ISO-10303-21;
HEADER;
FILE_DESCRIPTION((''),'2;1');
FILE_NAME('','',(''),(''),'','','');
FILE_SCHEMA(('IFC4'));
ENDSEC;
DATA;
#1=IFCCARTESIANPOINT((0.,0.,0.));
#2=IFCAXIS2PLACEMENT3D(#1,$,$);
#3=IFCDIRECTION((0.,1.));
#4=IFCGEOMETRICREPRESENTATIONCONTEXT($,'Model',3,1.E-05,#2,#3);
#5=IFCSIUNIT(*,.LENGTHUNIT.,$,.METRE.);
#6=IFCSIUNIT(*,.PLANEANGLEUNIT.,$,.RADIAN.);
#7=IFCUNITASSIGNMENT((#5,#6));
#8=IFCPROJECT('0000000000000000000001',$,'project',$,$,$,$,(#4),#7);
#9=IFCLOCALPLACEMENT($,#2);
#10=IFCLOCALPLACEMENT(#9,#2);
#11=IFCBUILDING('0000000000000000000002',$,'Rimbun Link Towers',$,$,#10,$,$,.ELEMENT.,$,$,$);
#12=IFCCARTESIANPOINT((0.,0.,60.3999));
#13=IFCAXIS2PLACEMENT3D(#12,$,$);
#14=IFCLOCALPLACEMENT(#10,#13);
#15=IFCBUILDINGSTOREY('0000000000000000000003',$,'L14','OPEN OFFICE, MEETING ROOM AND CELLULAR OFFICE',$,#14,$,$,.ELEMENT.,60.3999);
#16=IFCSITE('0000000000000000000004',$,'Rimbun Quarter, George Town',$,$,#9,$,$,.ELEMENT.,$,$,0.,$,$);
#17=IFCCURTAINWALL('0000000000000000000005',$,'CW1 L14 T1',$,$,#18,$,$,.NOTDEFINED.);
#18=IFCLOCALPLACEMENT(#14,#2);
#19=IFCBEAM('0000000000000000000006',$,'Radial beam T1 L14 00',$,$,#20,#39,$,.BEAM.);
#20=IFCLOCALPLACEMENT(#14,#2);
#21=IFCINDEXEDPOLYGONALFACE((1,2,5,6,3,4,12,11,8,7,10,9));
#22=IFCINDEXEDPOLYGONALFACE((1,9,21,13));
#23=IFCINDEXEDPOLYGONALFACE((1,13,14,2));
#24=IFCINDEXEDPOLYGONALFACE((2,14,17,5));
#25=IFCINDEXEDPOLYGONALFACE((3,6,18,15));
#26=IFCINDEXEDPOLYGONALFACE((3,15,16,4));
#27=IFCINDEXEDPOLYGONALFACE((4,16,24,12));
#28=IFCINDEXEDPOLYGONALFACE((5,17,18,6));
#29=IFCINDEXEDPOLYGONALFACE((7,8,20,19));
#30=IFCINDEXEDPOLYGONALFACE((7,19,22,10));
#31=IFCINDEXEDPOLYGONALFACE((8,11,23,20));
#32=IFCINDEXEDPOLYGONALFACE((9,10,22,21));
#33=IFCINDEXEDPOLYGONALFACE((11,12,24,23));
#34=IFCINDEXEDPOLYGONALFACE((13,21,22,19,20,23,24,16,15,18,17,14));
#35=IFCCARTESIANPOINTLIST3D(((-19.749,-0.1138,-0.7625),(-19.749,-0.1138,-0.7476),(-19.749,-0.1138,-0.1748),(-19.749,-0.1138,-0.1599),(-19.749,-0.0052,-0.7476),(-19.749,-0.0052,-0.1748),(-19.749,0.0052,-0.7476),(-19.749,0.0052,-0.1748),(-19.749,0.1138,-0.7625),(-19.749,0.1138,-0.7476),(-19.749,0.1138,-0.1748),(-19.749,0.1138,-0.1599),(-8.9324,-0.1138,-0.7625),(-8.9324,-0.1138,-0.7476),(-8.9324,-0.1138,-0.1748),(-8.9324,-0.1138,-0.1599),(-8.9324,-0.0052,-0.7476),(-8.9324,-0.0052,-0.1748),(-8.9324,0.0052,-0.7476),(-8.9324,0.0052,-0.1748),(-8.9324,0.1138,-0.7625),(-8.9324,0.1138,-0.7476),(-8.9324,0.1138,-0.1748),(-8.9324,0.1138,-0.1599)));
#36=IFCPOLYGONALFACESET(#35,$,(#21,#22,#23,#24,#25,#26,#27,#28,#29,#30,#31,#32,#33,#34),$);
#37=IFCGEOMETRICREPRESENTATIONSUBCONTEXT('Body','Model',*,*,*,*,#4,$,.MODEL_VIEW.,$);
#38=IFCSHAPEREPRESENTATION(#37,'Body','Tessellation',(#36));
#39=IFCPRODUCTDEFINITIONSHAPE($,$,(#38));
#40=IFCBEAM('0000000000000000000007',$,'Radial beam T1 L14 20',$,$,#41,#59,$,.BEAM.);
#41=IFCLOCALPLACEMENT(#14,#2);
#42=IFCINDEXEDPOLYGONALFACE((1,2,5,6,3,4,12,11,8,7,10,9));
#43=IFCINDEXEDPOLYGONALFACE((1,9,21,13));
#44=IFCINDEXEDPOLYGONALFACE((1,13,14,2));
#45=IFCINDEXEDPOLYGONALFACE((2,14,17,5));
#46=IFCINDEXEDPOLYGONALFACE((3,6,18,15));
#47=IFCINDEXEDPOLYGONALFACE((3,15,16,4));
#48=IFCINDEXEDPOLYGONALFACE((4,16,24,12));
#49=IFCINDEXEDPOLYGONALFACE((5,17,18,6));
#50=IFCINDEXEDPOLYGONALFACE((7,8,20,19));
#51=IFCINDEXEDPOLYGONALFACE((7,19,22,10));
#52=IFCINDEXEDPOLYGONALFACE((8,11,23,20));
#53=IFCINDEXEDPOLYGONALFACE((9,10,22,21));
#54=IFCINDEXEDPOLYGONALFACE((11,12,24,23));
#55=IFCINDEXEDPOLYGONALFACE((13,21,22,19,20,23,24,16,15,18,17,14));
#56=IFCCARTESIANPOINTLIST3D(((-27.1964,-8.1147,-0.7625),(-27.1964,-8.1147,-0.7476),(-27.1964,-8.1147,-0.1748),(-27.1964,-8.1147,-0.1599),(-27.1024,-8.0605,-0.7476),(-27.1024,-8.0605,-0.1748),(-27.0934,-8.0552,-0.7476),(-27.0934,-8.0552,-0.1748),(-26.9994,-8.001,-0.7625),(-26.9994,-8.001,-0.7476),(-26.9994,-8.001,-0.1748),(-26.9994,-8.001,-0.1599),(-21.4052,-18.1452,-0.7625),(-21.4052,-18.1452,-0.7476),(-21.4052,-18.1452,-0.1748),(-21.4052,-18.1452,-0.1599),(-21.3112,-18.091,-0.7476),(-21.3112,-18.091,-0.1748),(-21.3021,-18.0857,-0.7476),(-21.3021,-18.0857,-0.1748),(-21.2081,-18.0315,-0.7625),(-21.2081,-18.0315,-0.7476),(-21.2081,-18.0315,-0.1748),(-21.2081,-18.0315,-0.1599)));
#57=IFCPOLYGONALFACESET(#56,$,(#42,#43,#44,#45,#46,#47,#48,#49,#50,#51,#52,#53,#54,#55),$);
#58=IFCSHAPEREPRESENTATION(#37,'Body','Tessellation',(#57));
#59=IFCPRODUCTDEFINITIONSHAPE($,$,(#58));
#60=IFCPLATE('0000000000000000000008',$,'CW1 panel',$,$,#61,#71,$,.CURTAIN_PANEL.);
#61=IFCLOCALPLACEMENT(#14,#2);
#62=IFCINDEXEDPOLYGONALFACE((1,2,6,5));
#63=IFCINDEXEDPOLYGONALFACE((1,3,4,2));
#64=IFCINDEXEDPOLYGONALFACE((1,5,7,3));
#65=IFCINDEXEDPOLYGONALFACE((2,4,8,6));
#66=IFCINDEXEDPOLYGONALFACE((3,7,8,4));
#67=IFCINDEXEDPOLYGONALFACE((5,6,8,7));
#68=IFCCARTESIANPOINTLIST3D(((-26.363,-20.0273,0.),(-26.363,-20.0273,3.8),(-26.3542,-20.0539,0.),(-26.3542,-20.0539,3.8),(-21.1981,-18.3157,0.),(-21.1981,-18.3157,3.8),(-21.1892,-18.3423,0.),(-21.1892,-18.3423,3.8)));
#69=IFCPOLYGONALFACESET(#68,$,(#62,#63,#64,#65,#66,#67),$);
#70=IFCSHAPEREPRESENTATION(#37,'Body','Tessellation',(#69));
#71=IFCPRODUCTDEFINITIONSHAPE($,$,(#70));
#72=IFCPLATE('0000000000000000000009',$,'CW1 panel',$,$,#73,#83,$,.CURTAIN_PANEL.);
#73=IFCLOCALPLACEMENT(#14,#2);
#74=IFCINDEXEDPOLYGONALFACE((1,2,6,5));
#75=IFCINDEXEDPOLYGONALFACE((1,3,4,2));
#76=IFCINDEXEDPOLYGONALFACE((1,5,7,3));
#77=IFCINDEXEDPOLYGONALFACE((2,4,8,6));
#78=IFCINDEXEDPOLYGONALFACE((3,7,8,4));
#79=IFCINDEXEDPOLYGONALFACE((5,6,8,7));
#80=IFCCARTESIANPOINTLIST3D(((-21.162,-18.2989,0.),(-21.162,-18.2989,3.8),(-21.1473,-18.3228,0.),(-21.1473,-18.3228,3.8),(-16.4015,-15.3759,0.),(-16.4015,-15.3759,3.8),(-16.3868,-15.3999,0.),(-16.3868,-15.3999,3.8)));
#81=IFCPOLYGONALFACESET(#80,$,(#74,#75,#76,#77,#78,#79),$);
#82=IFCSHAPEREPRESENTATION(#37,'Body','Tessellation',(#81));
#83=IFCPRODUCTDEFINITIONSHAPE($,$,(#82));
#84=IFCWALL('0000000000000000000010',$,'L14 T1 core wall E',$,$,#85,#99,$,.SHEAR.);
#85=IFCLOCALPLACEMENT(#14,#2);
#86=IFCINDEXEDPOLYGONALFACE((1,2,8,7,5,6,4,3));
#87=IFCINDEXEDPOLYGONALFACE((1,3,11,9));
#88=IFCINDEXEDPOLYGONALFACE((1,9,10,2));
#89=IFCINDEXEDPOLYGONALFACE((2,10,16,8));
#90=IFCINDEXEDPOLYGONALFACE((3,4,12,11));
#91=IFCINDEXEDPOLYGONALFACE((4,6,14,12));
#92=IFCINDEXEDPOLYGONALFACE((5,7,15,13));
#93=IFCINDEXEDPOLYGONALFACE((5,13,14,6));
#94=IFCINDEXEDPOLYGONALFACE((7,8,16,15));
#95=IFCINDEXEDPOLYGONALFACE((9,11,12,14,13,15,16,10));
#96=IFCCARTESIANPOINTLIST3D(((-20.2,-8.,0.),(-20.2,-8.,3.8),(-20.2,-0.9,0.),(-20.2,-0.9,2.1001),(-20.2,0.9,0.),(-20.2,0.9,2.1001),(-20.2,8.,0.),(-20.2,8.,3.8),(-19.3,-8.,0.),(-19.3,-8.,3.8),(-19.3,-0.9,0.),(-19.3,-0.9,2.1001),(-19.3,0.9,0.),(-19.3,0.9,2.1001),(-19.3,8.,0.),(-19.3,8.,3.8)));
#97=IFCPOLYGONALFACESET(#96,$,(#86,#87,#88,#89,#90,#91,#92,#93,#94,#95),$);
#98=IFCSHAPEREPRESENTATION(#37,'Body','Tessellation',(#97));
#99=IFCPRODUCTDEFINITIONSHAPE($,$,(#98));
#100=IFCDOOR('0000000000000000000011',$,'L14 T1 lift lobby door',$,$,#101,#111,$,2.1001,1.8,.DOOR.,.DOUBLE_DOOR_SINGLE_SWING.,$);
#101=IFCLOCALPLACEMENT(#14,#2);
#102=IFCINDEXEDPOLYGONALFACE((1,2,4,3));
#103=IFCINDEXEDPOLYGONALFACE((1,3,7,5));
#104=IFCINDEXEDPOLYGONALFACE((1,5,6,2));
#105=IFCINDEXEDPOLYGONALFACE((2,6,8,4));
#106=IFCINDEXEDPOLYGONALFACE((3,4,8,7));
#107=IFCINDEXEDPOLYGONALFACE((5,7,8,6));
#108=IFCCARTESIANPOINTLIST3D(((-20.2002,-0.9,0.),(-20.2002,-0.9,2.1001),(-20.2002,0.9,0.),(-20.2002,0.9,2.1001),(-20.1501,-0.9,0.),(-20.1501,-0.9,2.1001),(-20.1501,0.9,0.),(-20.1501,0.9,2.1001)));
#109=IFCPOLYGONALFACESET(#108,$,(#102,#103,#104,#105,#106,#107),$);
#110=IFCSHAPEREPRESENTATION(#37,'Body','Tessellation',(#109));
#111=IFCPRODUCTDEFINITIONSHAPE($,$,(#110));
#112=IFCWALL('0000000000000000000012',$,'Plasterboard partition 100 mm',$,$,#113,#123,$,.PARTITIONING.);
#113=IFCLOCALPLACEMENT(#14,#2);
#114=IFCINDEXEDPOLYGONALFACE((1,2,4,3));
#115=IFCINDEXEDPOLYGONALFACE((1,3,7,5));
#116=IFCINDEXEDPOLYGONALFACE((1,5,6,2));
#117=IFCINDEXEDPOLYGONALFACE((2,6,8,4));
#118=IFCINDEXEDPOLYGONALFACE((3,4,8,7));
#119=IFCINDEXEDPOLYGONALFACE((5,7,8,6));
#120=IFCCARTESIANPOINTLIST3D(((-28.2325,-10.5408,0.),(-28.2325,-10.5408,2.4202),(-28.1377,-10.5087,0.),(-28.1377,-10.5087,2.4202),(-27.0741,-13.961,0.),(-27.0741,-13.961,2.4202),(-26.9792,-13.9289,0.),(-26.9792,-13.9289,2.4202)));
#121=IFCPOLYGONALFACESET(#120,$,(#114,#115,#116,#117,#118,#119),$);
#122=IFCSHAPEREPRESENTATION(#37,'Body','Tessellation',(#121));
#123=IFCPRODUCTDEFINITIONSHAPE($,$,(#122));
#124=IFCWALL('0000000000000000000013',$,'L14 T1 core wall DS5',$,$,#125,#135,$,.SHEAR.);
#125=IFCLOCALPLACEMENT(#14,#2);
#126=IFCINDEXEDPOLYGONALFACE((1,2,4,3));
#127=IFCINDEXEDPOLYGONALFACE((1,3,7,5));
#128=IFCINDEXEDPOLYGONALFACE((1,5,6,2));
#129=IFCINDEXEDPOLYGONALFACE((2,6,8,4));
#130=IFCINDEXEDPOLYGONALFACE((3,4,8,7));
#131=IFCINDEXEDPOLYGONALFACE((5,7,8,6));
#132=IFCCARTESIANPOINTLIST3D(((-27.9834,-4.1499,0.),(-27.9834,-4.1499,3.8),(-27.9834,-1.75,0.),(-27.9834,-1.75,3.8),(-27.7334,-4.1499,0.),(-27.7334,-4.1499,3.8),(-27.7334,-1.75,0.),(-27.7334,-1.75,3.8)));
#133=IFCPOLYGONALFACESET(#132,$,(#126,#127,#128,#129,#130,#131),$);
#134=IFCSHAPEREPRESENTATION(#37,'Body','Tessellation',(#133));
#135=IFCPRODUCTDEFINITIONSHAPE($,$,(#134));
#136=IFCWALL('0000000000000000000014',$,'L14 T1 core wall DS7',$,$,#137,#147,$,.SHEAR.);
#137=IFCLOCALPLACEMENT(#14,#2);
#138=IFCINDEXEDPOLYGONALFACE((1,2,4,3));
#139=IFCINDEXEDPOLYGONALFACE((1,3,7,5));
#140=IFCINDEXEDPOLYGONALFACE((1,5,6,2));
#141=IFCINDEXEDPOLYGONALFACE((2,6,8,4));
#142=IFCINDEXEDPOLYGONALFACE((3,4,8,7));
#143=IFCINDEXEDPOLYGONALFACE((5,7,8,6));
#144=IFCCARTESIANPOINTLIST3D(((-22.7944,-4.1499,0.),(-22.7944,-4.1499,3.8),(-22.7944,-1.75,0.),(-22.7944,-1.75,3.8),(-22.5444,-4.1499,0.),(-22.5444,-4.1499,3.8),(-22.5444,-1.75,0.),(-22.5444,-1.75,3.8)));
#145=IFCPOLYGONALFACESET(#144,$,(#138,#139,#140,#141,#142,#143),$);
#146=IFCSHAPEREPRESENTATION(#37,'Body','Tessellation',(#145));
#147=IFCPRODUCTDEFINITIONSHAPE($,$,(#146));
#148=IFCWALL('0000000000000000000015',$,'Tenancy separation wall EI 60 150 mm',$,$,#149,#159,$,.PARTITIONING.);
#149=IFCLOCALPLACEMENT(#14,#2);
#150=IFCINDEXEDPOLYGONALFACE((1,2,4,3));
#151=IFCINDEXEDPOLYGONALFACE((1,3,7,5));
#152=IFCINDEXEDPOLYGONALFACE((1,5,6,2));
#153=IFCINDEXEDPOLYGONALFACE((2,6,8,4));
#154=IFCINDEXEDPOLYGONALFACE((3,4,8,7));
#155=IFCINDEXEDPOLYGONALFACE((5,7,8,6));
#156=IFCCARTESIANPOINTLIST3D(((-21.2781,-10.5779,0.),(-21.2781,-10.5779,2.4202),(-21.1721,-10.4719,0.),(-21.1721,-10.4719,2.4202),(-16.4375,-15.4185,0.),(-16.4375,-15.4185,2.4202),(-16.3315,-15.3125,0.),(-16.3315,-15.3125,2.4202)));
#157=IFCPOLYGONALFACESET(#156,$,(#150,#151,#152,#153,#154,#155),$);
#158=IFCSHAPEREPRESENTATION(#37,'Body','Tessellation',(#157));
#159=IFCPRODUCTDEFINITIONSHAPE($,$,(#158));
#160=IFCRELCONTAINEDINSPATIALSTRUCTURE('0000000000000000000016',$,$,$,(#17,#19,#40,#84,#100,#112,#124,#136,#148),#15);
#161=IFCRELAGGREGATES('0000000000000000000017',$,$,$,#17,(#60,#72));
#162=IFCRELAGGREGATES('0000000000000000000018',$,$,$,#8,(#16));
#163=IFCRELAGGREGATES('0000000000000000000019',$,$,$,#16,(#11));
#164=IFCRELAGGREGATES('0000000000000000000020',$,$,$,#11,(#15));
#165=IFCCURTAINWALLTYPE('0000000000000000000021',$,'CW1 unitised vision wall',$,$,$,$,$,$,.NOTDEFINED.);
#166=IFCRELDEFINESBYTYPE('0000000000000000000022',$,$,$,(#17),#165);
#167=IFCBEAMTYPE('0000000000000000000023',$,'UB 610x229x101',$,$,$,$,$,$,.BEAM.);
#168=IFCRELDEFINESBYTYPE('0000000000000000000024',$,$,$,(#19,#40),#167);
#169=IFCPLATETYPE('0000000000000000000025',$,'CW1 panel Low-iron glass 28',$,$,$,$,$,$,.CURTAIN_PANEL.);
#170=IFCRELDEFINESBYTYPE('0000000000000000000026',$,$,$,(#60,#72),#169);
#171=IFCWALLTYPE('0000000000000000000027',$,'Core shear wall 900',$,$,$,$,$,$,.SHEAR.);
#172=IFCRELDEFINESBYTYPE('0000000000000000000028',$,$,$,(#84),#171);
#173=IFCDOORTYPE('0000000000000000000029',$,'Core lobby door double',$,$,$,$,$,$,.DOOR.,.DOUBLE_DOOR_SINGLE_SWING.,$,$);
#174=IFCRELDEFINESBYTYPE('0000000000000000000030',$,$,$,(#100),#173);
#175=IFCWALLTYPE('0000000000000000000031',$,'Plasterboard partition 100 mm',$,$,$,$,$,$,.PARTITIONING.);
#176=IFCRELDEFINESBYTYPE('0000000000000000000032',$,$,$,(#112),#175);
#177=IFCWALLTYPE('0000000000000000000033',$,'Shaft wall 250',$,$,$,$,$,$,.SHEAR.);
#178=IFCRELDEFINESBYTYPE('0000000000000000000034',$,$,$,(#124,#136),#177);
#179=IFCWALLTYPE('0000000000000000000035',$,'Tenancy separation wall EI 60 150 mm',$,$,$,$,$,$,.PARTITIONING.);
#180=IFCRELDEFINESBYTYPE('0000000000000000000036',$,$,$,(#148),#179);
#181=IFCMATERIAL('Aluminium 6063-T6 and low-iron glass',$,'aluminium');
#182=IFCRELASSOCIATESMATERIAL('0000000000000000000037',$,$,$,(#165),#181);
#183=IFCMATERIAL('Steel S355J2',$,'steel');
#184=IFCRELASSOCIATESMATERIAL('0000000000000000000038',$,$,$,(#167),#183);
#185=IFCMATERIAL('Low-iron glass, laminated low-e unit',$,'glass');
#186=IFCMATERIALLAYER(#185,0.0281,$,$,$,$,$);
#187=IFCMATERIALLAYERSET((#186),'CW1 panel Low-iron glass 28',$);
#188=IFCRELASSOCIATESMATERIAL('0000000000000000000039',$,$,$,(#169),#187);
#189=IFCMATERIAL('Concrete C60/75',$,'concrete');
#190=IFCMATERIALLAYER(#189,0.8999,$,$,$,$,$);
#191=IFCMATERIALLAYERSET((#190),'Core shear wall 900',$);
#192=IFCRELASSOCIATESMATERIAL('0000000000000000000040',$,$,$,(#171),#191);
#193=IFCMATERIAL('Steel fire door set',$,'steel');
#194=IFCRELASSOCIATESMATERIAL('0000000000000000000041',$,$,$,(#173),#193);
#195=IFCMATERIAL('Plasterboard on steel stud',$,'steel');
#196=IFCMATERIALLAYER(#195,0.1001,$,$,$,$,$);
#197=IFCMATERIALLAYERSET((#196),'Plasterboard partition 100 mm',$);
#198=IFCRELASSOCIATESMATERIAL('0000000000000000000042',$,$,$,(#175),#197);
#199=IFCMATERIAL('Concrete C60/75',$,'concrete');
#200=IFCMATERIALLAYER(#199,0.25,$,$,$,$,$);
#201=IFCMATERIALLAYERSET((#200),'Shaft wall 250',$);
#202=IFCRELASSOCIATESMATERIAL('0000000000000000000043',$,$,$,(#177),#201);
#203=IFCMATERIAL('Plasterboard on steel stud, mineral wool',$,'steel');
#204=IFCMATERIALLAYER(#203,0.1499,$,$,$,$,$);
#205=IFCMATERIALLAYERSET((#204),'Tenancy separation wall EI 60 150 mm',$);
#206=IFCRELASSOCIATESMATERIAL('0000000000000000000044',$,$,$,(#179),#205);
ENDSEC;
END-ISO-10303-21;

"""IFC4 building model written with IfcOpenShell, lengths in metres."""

from ifc_helpers import new_model, si_unit, direction, frame, frame_2d, origin, origin_2d, place, context, subcontext, project, spatial, rectangle, i_section, extrude, material, layer, layer_set, material_profile, profile_set, type_object, element, fill, aggregate, save


model = new_model("IFC4")

# Units and contexts
model_context = context("Model", 3, precision=1e-05, world=origin(), true_north=direction((0.0, 1.0)))
body_context = subcontext(model_context, "Body", "Model", "MODEL_VIEW")
ifc_project = project(units=[si_unit("LENGTHUNIT", "METRE"), si_unit("PLANEANGLEUNIT", "RADIAN")], contexts=[model_context])

# Site, building, storey
site_placement = place(None, origin())
site = spatial("IfcSite", under=ifc_project, at=site_placement, Name="Rimbun Quarter, George Town", CompositionType="ELEMENT", RefElevation=0.0)
building_placement = place(site_placement, origin())
building = spatial("IfcBuilding", under=site, at=building_placement, Name="Rimbun Link Towers", CompositionType="ELEMENT")
storey_placement = place(building_placement, frame((0.0, 0.0, 60.3999)))
storey = spatial("IfcBuildingStorey", under=building, at=storey_placement, Name="L14", Description="OPEN OFFICE, MEETING ROOM AND CELLULAR OFFICE", CompositionType="ELEMENT", Elevation=60.3999)

# Curtain wall
ifc_material_1 = material(Name="Aluminium 6063-T6 and low-iron glass", Category="aluminium")
curtain_wall_type = type_object("IfcCurtainWallType", Name="CW1 unitised vision wall", PredefinedType="NOTDEFINED", material=ifc_material_1)
curtain_wall_placement = place(storey_placement, origin())
curtain_wall = element("IfcCurtainWall", 1, at=curtain_wall_placement, inside=storey, type_object=curtain_wall_type, Name="CW1 L14 T1", PredefinedType="NOTDEFINED")

# Beams
ifc_material_2 = material(Name="Steel S355J2", Category="steel")
ifc_material_profile_1 = material_profile(ifc_material_2, i_section(OverallWidth=0.2275, OverallDepth=0.6025, WebThickness=0.0105, FlangeThickness=0.0149, at=origin_2d()), Name="UB 610x229x101")
ifc_profile_set_1 = profile_set([ifc_material_profile_1], Name="Steel S355J2")
beam_type_1 = type_object("IfcBeamType", Name="UB 610x229x101", PredefinedType="BEAM", material=ifc_profile_set_1)
beam_1_placement = place(storey_placement, frame((-19.749, 0.0, -0.4612), z_axis=(1.0, 0.0, 0.0), x_axis=(0.0, 1.0, 0.0)))
element("IfcBeam", 2, at=beam_1_placement, inside=storey, type_object=beam_type_1, Name="Radial beam T1 L14 00", PredefinedType="BEAM", context=body_context, shape_type="SweptSolid", body=[
    extrude(i_section(OverallWidth=0.2275, OverallDepth=0.6025, WebThickness=0.0105, FlangeThickness=0.0149, at=origin_2d()), origin(), (0.0, 0.0, 1.0), 10.8167),
])
beam_2_placement = place(storey_placement, frame((-27.0979, -8.0579, -0.4612), z_axis=(0.500009, -0.86602, 0.0), x_axis=(0.86602, 0.500009, 0.0)))
element("IfcBeam", 3, at=beam_2_placement, inside=storey, type_object=beam_type_1, Name="Radial beam T1 L14 20", PredefinedType="BEAM", context=body_context, shape_type="SweptSolid", body=[
    extrude(i_section(OverallWidth=0.2275, OverallDepth=0.6025, WebThickness=0.0105, FlangeThickness=0.0149, at=origin_2d()), origin(), (0.0, 0.0, 1.0), 11.5823),
])

# Plates
ifc_material_3 = material(Name="Low-iron glass, laminated low-e unit", Category="glass")
ifc_layer_1 = layer(ifc_material_3, 0.0281)
ifc_layer_set_1 = layer_set([ifc_layer_1], Name="CW1 panel Low-iron glass 28")
plate_type = type_object("IfcPlateType", Name="CW1 panel Low-iron glass 28", PredefinedType="CURTAIN_PANEL", material=ifc_layer_set_1)
plate_1_placement = place(storey_placement, frame((-23.7761, -19.1848, 0.0), z_axis=(0.0, 0.0, 1.0), x_axis=(-0.949236, -0.314563, 0.0)))
plate_1 = element("IfcPlate", 4, at=plate_1_placement, type_object=plate_type, Name="CW1 panel", PredefinedType="CURTAIN_PANEL", context=body_context, shape_type="SweptSolid", body=[
    extrude(rectangle(XDim=5.4412, YDim=0.0281, at=origin_2d()), origin(), (0.0, 0.0, 1.0), 3.8),
])
plate_2_placement = place(storey_placement, frame((-18.7744, -16.8494, 0.0), z_axis=(0.0, 0.0, 1.0), x_axis=(-0.852183, -0.523243, 0.0)))
plate_2 = element("IfcPlate", 5, at=plate_2_placement, type_object=plate_type, Name="CW1 panel", PredefinedType="CURTAIN_PANEL", context=body_context, shape_type="SweptSolid", body=[
    extrude(rectangle(XDim=5.5862, YDim=0.0281, at=origin_2d()), origin(), (0.0, 0.0, 1.0), 3.8),
])
aggregate(curtain_wall, [plate_1, plate_2])

# Wall, opening, door
ifc_material_4 = material(Name="Concrete C60/75", Category="concrete")
ifc_layer_2 = layer(ifc_material_4, 0.8999)
ifc_layer_set_2 = layer_set([ifc_layer_2], Name="Core shear wall 900")
wall_type_1 = type_object("IfcWallType", Name="Core shear wall 900", PredefinedType="SHEAR", material=ifc_layer_set_2)
wall_1_placement = place(storey_placement, frame((-19.75, -8.0, 0.0), z_axis=(0.0, 0.0, 1.0), x_axis=(0.0, 1.0, 0.0)))
wall_1 = element("IfcWall", 6, at=wall_1_placement, inside=storey, type_object=wall_type_1, Name="L14 T1 core wall E", PredefinedType="SHEAR", context=body_context, shape_type="SweptSolid", body=[
    extrude(rectangle(XDim=16.0, YDim=0.8999, at=frame_2d((8.0, 0.0))), origin(), (0.0, 0.0, 1.0), 3.8),
])
opening_placement = place(wall_1_placement, frame((7.1001, 0.0, 0.0)))
opening = element("IfcOpeningElement", 7, at=opening_placement, cuts=wall_1, PredefinedType="OPENING", context=body_context, shape_type="SweptSolid", body=[
    extrude(rectangle(XDim=1.8, YDim=2.1001, at=frame_2d((0.8999, 1.05))), frame((0.0, 0.46, 0.0), z_axis=(0.0, -1.0, 0.0), x_axis=(1.0, 0.0, 0.0)), (0.0, 0.0, 1.0), 0.9199),
])
ifc_material_5 = material(Name="Steel fire door set", Category="steel")
door_type = type_object("IfcDoorType", Name="Core lobby door double", OperationType="DOUBLE_DOOR_SINGLE_SWING", PredefinedType="DOOR", material=ifc_material_5)
door_placement = place(opening_placement, origin())
door = element("IfcDoor", 8, at=door_placement, inside=storey, type_object=door_type, Name="L14 T1 lift lobby door", OperationType="DOUBLE_DOOR_SINGLE_SWING", OverallHeight=2.1001, OverallWidth=1.8, PredefinedType="DOOR", context=body_context, shape_type="SweptSolid", body=[
    extrude(rectangle(XDim=1.8, YDim=2.1001, at=frame_2d((0.8999, 1.05))), frame((0.0, 0.4502, 0.0), z_axis=(0.0, -1.0, 0.0), x_axis=(1.0, 0.0, 0.0)), (0.0, 0.0, 1.0), 0.05),
])
fill(opening, door)

# Walls
ifc_material_6 = material(Name="Plasterboard on steel stud", Category="steel")
ifc_layer_3 = layer(ifc_material_6, 0.1001)
ifc_layer_set_3 = layer_set([ifc_layer_3], Name="Plasterboard partition 100 mm")
wall_type_2 = type_object("IfcWallType", Name="Plasterboard partition 100 mm", PredefinedType="PARTITIONING", material=ifc_layer_set_3)
wall_2_placement = place(storey_placement, frame((-27.0266, -13.9451, 0.0), z_axis=(0.0, 0.0, 1.0), x_axis=(-0.320808, 0.947144, 0.0)))
element("IfcWall", 9, at=wall_2_placement, inside=storey, type_object=wall_type_2, Name="Plasterboard partition 100 mm", PredefinedType="PARTITIONING", context=body_context, shape_type="SweptSolid", body=[
    extrude(rectangle(XDim=3.6111, YDim=0.1001, at=frame_2d((1.8057, 0.0))), origin(), (0.0, 0.0, 1.0), 2.4202),
])
ifc_material_7 = material(Name="Concrete C60/75", Category="concrete")
ifc_layer_4 = layer(ifc_material_7, 0.25)
ifc_layer_set_4 = layer_set([ifc_layer_4], Name="Shaft wall 250")
wall_type_3 = type_object("IfcWallType", Name="Shaft wall 250", PredefinedType="SHEAR", material=ifc_layer_set_4)
for number, where, z_axis, x_axis, name in (
    (10, (-27.8584, -4.1499, 0.0), (0.0, 0.0, 1.0), (0.0, 1.0, 0.0), "L14 T1 core wall DS5"),
    (11, (-22.6694, -4.1499, 0.0), (0.0, 0.0, 1.0), (0.0, 1.0, 0.0), "L14 T1 core wall DS7"),
):
    element("IfcWall", number, at=place(storey_placement, frame(where, z_axis=z_axis, x_axis=x_axis)), inside=storey, type_object=wall_type_3, Name=name, PredefinedType="SHEAR", context=body_context, shape_type="SweptSolid", body=[
        extrude(rectangle(XDim=2.3999, YDim=0.25, at=frame_2d((1.2, 0.0))), origin(), (0.0, 0.0, 1.0), 3.8),
    ])
ifc_material_8 = material(Name="Plasterboard on steel stud, mineral wool", Category="steel")
ifc_layer_5 = layer(ifc_material_8, 0.1499)
ifc_layer_set_5 = layer_set([ifc_layer_5], Name="Tenancy separation wall EI 60 150 mm")
wall_type_4 = type_object("IfcWallType", Name="Tenancy separation wall EI 60 150 mm", PredefinedType="PARTITIONING", material=ifc_layer_set_5)
wall_3_placement = place(storey_placement, frame((-21.2251, -10.5249, 0.0), z_axis=(0.0, 0.0, 1.0), x_axis=(0.707107, -0.707107, 0.0)))
element("IfcWall", 12, at=wall_3_placement, inside=storey, type_object=wall_type_4, Name="Tenancy separation wall EI 60 150 mm", PredefinedType="PARTITIONING", context=body_context, shape_type="SweptSolid", body=[
    extrude(rectangle(XDim=6.8457, YDim=0.1499, at=frame_2d((3.4229, 0.0))), origin(), (0.0, 0.0, 1.0), 2.4202),
])

save(model, "model.ifc")
